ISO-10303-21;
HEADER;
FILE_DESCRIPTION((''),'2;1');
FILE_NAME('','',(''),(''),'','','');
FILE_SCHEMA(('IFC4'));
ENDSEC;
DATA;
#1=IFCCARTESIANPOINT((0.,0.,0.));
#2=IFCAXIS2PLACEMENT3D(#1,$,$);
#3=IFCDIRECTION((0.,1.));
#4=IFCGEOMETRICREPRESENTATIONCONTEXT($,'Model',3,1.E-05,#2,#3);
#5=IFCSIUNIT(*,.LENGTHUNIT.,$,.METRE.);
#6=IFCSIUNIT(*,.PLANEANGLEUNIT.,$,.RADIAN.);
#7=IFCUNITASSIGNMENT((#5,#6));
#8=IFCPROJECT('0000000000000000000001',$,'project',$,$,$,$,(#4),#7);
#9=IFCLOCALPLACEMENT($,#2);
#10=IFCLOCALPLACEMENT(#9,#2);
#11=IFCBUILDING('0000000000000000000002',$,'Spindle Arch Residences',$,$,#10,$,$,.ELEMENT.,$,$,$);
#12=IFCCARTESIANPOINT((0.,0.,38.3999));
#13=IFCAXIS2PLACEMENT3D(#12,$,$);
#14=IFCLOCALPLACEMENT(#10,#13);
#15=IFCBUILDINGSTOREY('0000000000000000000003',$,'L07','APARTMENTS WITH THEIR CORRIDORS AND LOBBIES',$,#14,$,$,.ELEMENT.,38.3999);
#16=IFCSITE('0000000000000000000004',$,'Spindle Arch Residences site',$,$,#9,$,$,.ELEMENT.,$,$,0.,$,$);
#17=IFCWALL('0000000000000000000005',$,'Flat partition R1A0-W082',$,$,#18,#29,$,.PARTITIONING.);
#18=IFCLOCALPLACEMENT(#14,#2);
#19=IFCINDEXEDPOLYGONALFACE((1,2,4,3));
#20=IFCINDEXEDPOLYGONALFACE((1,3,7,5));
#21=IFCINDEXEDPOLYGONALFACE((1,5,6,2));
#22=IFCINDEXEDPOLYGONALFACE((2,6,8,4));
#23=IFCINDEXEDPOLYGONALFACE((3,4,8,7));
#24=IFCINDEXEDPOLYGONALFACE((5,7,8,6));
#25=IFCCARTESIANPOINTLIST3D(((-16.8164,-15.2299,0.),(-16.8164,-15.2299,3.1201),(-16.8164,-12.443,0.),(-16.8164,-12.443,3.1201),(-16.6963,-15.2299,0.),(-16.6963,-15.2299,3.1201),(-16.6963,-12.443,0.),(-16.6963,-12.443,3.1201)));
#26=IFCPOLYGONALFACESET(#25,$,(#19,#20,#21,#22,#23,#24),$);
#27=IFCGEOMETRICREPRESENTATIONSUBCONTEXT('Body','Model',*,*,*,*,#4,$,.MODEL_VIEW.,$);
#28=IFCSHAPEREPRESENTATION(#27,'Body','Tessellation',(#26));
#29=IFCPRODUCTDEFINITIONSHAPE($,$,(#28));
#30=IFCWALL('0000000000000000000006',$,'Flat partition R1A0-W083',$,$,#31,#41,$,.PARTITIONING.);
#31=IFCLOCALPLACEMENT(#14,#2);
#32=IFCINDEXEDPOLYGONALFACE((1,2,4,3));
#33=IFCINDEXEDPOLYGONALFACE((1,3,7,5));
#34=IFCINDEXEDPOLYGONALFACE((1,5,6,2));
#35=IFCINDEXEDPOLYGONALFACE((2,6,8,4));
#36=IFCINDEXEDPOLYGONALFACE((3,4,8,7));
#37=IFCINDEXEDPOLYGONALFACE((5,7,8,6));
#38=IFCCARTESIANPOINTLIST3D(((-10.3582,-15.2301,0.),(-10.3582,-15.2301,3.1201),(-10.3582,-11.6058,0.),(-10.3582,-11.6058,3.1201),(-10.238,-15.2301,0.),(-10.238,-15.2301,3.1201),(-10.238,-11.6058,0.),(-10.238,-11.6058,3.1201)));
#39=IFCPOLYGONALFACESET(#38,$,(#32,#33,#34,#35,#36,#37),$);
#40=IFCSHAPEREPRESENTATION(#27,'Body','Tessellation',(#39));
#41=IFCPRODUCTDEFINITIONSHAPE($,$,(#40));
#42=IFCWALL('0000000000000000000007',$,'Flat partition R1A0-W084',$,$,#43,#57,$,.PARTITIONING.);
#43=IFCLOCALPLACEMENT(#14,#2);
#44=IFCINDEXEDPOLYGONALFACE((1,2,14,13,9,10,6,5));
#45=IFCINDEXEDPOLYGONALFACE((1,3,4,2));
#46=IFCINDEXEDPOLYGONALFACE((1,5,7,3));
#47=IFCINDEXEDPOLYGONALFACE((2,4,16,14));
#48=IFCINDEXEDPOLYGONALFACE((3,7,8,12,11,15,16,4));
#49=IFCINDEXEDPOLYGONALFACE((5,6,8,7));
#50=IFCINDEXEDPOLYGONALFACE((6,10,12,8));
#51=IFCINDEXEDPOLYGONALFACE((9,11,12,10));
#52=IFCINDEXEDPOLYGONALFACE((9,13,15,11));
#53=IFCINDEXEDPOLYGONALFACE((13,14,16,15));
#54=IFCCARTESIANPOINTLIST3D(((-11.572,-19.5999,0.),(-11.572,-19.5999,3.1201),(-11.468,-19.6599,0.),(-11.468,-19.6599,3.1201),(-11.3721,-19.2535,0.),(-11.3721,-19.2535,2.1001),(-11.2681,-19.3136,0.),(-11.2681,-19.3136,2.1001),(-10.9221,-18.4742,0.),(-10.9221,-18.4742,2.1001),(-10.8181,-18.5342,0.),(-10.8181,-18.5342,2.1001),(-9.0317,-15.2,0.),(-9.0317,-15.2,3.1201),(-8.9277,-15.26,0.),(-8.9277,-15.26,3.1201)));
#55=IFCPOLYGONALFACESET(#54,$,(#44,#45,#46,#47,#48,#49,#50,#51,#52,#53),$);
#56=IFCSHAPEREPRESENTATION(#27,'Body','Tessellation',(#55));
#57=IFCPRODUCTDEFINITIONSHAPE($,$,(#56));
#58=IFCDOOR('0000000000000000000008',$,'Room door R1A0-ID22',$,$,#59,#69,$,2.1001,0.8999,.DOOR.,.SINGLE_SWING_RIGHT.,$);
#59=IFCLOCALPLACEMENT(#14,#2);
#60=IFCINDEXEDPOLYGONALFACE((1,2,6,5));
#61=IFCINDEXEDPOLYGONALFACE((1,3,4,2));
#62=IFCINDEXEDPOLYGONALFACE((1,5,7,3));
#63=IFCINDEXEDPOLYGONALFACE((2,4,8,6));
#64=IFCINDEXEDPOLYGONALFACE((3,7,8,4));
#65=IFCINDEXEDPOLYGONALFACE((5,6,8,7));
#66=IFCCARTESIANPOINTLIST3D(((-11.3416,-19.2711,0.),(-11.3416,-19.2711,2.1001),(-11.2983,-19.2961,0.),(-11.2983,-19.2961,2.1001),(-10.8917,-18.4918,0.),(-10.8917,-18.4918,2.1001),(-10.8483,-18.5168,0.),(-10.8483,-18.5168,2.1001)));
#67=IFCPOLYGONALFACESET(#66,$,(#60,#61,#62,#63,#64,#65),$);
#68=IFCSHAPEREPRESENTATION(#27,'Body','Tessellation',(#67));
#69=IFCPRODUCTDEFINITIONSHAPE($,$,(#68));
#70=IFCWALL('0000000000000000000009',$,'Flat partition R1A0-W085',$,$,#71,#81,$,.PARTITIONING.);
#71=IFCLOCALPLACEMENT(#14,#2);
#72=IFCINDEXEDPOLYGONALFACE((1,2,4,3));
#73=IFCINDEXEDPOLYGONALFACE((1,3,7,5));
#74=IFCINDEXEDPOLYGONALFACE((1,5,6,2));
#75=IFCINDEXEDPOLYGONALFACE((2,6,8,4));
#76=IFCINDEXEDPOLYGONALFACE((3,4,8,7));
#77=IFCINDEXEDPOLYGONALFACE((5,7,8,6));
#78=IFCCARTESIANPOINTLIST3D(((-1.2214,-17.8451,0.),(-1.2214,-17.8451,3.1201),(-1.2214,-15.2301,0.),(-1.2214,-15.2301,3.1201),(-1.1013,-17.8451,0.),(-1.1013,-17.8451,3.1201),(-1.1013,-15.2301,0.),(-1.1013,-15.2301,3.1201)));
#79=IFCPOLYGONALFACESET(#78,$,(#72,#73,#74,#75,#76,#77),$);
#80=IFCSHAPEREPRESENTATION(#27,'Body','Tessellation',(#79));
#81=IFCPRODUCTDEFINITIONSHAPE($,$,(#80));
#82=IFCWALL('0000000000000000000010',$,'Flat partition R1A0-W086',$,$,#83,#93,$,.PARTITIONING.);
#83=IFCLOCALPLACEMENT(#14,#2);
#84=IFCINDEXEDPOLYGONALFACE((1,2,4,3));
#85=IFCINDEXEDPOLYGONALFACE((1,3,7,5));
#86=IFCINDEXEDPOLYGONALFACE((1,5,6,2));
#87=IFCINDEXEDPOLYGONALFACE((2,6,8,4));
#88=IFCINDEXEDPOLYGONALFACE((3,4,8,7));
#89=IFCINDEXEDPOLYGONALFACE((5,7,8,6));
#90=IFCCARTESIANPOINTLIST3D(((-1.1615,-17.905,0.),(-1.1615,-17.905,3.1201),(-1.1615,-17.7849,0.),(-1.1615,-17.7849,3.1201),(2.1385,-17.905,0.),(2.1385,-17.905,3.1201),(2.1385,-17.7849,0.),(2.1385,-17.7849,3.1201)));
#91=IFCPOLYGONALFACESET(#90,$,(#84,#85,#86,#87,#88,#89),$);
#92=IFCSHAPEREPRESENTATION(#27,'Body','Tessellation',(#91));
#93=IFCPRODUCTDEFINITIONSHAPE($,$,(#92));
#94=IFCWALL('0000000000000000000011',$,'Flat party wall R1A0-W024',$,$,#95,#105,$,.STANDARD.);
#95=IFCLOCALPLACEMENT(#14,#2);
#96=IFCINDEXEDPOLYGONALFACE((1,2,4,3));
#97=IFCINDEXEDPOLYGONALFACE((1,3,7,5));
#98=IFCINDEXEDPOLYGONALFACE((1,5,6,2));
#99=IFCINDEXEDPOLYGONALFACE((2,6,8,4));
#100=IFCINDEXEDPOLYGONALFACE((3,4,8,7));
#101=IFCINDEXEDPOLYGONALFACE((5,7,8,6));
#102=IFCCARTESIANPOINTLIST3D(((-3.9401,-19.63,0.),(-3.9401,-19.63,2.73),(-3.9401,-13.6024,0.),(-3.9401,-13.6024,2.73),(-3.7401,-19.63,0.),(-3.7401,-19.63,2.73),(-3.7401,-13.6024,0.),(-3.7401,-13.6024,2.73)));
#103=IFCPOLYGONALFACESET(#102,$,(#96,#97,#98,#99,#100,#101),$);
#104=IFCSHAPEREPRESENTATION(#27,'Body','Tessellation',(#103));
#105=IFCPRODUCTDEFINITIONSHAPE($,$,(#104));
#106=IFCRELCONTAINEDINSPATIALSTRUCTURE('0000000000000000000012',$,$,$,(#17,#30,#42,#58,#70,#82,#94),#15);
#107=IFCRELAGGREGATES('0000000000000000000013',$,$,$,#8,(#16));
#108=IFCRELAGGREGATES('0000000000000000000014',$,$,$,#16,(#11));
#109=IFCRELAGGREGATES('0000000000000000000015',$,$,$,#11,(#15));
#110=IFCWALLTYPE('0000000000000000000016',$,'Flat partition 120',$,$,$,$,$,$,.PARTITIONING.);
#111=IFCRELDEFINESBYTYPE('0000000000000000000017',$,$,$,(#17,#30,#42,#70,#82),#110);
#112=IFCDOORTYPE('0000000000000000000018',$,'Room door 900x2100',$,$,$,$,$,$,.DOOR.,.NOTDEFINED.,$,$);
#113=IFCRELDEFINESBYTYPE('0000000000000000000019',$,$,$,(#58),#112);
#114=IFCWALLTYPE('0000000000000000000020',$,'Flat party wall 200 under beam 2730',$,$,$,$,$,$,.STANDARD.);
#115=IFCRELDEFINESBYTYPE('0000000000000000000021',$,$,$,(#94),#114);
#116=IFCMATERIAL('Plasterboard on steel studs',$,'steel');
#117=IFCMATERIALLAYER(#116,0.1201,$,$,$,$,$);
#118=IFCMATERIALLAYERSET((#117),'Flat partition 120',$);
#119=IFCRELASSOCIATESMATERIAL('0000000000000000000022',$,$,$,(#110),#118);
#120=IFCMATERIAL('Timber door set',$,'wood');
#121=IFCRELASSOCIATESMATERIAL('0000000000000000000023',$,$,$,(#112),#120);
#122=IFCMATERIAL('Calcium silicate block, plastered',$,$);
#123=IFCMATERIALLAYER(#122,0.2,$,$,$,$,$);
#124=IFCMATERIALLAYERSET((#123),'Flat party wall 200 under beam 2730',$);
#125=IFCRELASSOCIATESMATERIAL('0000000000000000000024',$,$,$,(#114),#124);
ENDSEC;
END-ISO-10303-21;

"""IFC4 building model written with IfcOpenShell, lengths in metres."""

from ifc_helpers import new_model, si_unit, direction, frame, frame_2d, origin, place, context, subcontext, project, spatial, rectangle, extrude, material, layer, layer_set, type_object, element, fill, save


model = new_model("IFC4")

# Units and contexts
model_context = context("Model", 3, precision=1e-05, world=origin(), true_north=direction((0.0, 1.0)))
body_context = subcontext(model_context, "Body", "Model", "MODEL_VIEW")
ifc_project = project(units=[si_unit("LENGTHUNIT", "METRE"), si_unit("PLANEANGLEUNIT", "RADIAN")], contexts=[model_context])

# Site, building, storey
site_placement = place(None, origin())
site = spatial("IfcSite", under=ifc_project, at=site_placement, Name="Spindle Arch Residences site", CompositionType="ELEMENT", RefElevation=0.0)
building_placement = place(site_placement, origin())
building = spatial("IfcBuilding", under=site, at=building_placement, Name="Spindle Arch Residences", CompositionType="ELEMENT")
storey_placement = place(building_placement, frame((0.0, 0.0, 38.3999)))
storey = spatial("IfcBuildingStorey", under=building, at=storey_placement, Name="L07", Description="APARTMENTS WITH THEIR CORRIDORS AND LOBBIES", CompositionType="ELEMENT", Elevation=38.3999)

# Shared definitions
ifc_material_1 = material(Name="Plasterboard on steel studs", Category="steel")
ifc_layer_1 = layer(ifc_material_1, 0.1201)
ifc_layer_set_1 = layer_set([ifc_layer_1], Name="Flat partition 120")
wall_type_1 = type_object("IfcWallType", Name="Flat partition 120", PredefinedType="PARTITIONING", material=ifc_layer_set_1)
ifc_material_2 = material(Name="Timber door set", Category="wood")
door_type_1 = type_object("IfcDoorType", Name="Room door 900x2100", OperationType="NOTDEFINED", PredefinedType="DOOR", material=ifc_material_2)

# Walls
wall_1_placement = place(storey_placement, frame((-16.7563, -15.23, 0.0), z_axis=(0.0, 0.0, 1.0), x_axis=(0.0, 1.0, 0.0)))
element("IfcWall", 1, at=wall_1_placement, inside=storey, type_object=wall_type_1, Name="Flat partition R1A0-W082", PredefinedType="PARTITIONING", context=body_context, shape_type="SweptSolid", body=[
    extrude(rectangle(XDim=2.7869, YDim=0.1201, at=frame_2d((1.3936, 0.0))), origin(), (0.0, 0.0, 1.0), 3.1201),
])
wall_2_placement = place(storey_placement, frame((-10.2981, -15.23, 0.0), z_axis=(0.0, 0.0, 1.0), x_axis=(0.0, 1.0, 0.0)))
element("IfcWall", 2, at=wall_2_placement, inside=storey, type_object=wall_type_1, Name="Flat partition R1A0-W083", PredefinedType="PARTITIONING", context=body_context, shape_type="SweptSolid", body=[
    extrude(rectangle(XDim=3.6243, YDim=0.1201, at=frame_2d((1.812, 0.0))), origin(), (0.0, 0.0, 1.0), 3.1201),
])

# Wall, opening, door
wall_3_placement = place(storey_placement, frame((-11.52, -19.6299, 0.0), z_axis=(0.0, 0.0, 1.0), x_axis=(0.5, 0.866026, 0.0)))
wall_3 = element("IfcWall", 3, at=wall_3_placement, inside=storey, type_object=wall_type_1, Name="Flat partition R1A0-W084", PredefinedType="PARTITIONING", context=body_context, shape_type="SweptSolid", body=[
    extrude(rectangle(XDim=5.0806, YDim=0.1201, at=frame_2d((2.5403, 0.0))), origin(), (0.0, 0.0, 1.0), 3.1201),
])
opening_1_placement = place(wall_3_placement, frame((0.3999, 0.0, 0.0)))
opening_1 = element("IfcOpeningElement", 4, at=opening_1_placement, cuts=wall_3, PredefinedType="OPENING", context=body_context, shape_type="SweptSolid", body=[
    extrude(rectangle(XDim=0.8999, YDim=2.1001, at=frame_2d((0.45, 1.05))), frame((0.0, 0.0701, 0.0), z_axis=(0.0, -1.0, 0.0), x_axis=(1.0, 0.0, 0.0)), (0.0, 0.0, 1.0), 0.1401),
])
door_1_placement = place(opening_1_placement, origin())
door_1 = element("IfcDoor", 5, at=door_1_placement, inside=storey, type_object=door_type_1, Name="Room door R1A0-ID22", OperationType="SINGLE_SWING_RIGHT", OverallHeight=2.1001, OverallWidth=0.8999, PredefinedType="DOOR", context=body_context, shape_type="SweptSolid", body=[
    extrude(rectangle(XDim=0.8999, YDim=2.1001, at=frame_2d((0.45, 1.05))), frame((0.0, 0.0249, 0.0), z_axis=(0.0, -1.0, 0.0), x_axis=(1.0, 0.0, 0.0)), (0.0, 0.0, 1.0), 0.05),
])
fill(opening_1, door_1)

# Walls
wall_4_placement = place(storey_placement, frame((-1.1614, -15.23, 0.0), z_axis=(0.0, 0.0, 1.0), x_axis=(0.0, -1.0, 0.0)))
element("IfcWall", 6, at=wall_4_placement, inside=storey, type_object=wall_type_1, Name="Flat partition R1A0-W085", PredefinedType="PARTITIONING", context=body_context, shape_type="SweptSolid", body=[
    extrude(rectangle(XDim=2.615, YDim=0.1201, at=frame_2d((1.3076, 0.0))), origin(), (0.0, 0.0, 1.0), 3.1201),
])
wall_5_placement = place(storey_placement, frame((-1.1614, -17.845, 0.0), z_axis=(0.0, 0.0, 1.0), x_axis=(1.0, 0.0, 0.0)))
element("IfcWall", 7, at=wall_5_placement, inside=storey, type_object=wall_type_1, Name="Flat partition R1A0-W086", PredefinedType="PARTITIONING", context=body_context, shape_type="SweptSolid", body=[
    extrude(rectangle(XDim=3.3, YDim=0.1201, at=frame_2d((1.6499, 0.0))), origin(), (0.0, 0.0, 1.0), 3.1201),
])
ifc_material_3 = material(Name="Calcium silicate block, plastered")
ifc_layer_2 = layer(ifc_material_3, 0.2)
ifc_layer_set_2 = layer_set([ifc_layer_2], Name="Flat party wall 200 under beam 2730")
wall_type_2 = type_object("IfcWallType", Name="Flat party wall 200 under beam 2730", PredefinedType="STANDARD", material=ifc_layer_set_2)
wall_6_placement = place(storey_placement, frame((-3.8401, -19.6299, 0.0), z_axis=(0.0, 0.0, 1.0), x_axis=(0.0, 1.0, 0.0)))
element("IfcWall", 8, at=wall_6_placement, inside=storey, type_object=wall_type_2, Name="Flat party wall R1A0-W024", PredefinedType="STANDARD", context=body_context, shape_type="SweptSolid", body=[
    extrude(rectangle(XDim=6.0276, YDim=0.2, at=frame_2d((3.0137, 0.0))), origin(), (0.0, 0.0, 1.0), 2.73),
])

save(model, "model.ifc")
